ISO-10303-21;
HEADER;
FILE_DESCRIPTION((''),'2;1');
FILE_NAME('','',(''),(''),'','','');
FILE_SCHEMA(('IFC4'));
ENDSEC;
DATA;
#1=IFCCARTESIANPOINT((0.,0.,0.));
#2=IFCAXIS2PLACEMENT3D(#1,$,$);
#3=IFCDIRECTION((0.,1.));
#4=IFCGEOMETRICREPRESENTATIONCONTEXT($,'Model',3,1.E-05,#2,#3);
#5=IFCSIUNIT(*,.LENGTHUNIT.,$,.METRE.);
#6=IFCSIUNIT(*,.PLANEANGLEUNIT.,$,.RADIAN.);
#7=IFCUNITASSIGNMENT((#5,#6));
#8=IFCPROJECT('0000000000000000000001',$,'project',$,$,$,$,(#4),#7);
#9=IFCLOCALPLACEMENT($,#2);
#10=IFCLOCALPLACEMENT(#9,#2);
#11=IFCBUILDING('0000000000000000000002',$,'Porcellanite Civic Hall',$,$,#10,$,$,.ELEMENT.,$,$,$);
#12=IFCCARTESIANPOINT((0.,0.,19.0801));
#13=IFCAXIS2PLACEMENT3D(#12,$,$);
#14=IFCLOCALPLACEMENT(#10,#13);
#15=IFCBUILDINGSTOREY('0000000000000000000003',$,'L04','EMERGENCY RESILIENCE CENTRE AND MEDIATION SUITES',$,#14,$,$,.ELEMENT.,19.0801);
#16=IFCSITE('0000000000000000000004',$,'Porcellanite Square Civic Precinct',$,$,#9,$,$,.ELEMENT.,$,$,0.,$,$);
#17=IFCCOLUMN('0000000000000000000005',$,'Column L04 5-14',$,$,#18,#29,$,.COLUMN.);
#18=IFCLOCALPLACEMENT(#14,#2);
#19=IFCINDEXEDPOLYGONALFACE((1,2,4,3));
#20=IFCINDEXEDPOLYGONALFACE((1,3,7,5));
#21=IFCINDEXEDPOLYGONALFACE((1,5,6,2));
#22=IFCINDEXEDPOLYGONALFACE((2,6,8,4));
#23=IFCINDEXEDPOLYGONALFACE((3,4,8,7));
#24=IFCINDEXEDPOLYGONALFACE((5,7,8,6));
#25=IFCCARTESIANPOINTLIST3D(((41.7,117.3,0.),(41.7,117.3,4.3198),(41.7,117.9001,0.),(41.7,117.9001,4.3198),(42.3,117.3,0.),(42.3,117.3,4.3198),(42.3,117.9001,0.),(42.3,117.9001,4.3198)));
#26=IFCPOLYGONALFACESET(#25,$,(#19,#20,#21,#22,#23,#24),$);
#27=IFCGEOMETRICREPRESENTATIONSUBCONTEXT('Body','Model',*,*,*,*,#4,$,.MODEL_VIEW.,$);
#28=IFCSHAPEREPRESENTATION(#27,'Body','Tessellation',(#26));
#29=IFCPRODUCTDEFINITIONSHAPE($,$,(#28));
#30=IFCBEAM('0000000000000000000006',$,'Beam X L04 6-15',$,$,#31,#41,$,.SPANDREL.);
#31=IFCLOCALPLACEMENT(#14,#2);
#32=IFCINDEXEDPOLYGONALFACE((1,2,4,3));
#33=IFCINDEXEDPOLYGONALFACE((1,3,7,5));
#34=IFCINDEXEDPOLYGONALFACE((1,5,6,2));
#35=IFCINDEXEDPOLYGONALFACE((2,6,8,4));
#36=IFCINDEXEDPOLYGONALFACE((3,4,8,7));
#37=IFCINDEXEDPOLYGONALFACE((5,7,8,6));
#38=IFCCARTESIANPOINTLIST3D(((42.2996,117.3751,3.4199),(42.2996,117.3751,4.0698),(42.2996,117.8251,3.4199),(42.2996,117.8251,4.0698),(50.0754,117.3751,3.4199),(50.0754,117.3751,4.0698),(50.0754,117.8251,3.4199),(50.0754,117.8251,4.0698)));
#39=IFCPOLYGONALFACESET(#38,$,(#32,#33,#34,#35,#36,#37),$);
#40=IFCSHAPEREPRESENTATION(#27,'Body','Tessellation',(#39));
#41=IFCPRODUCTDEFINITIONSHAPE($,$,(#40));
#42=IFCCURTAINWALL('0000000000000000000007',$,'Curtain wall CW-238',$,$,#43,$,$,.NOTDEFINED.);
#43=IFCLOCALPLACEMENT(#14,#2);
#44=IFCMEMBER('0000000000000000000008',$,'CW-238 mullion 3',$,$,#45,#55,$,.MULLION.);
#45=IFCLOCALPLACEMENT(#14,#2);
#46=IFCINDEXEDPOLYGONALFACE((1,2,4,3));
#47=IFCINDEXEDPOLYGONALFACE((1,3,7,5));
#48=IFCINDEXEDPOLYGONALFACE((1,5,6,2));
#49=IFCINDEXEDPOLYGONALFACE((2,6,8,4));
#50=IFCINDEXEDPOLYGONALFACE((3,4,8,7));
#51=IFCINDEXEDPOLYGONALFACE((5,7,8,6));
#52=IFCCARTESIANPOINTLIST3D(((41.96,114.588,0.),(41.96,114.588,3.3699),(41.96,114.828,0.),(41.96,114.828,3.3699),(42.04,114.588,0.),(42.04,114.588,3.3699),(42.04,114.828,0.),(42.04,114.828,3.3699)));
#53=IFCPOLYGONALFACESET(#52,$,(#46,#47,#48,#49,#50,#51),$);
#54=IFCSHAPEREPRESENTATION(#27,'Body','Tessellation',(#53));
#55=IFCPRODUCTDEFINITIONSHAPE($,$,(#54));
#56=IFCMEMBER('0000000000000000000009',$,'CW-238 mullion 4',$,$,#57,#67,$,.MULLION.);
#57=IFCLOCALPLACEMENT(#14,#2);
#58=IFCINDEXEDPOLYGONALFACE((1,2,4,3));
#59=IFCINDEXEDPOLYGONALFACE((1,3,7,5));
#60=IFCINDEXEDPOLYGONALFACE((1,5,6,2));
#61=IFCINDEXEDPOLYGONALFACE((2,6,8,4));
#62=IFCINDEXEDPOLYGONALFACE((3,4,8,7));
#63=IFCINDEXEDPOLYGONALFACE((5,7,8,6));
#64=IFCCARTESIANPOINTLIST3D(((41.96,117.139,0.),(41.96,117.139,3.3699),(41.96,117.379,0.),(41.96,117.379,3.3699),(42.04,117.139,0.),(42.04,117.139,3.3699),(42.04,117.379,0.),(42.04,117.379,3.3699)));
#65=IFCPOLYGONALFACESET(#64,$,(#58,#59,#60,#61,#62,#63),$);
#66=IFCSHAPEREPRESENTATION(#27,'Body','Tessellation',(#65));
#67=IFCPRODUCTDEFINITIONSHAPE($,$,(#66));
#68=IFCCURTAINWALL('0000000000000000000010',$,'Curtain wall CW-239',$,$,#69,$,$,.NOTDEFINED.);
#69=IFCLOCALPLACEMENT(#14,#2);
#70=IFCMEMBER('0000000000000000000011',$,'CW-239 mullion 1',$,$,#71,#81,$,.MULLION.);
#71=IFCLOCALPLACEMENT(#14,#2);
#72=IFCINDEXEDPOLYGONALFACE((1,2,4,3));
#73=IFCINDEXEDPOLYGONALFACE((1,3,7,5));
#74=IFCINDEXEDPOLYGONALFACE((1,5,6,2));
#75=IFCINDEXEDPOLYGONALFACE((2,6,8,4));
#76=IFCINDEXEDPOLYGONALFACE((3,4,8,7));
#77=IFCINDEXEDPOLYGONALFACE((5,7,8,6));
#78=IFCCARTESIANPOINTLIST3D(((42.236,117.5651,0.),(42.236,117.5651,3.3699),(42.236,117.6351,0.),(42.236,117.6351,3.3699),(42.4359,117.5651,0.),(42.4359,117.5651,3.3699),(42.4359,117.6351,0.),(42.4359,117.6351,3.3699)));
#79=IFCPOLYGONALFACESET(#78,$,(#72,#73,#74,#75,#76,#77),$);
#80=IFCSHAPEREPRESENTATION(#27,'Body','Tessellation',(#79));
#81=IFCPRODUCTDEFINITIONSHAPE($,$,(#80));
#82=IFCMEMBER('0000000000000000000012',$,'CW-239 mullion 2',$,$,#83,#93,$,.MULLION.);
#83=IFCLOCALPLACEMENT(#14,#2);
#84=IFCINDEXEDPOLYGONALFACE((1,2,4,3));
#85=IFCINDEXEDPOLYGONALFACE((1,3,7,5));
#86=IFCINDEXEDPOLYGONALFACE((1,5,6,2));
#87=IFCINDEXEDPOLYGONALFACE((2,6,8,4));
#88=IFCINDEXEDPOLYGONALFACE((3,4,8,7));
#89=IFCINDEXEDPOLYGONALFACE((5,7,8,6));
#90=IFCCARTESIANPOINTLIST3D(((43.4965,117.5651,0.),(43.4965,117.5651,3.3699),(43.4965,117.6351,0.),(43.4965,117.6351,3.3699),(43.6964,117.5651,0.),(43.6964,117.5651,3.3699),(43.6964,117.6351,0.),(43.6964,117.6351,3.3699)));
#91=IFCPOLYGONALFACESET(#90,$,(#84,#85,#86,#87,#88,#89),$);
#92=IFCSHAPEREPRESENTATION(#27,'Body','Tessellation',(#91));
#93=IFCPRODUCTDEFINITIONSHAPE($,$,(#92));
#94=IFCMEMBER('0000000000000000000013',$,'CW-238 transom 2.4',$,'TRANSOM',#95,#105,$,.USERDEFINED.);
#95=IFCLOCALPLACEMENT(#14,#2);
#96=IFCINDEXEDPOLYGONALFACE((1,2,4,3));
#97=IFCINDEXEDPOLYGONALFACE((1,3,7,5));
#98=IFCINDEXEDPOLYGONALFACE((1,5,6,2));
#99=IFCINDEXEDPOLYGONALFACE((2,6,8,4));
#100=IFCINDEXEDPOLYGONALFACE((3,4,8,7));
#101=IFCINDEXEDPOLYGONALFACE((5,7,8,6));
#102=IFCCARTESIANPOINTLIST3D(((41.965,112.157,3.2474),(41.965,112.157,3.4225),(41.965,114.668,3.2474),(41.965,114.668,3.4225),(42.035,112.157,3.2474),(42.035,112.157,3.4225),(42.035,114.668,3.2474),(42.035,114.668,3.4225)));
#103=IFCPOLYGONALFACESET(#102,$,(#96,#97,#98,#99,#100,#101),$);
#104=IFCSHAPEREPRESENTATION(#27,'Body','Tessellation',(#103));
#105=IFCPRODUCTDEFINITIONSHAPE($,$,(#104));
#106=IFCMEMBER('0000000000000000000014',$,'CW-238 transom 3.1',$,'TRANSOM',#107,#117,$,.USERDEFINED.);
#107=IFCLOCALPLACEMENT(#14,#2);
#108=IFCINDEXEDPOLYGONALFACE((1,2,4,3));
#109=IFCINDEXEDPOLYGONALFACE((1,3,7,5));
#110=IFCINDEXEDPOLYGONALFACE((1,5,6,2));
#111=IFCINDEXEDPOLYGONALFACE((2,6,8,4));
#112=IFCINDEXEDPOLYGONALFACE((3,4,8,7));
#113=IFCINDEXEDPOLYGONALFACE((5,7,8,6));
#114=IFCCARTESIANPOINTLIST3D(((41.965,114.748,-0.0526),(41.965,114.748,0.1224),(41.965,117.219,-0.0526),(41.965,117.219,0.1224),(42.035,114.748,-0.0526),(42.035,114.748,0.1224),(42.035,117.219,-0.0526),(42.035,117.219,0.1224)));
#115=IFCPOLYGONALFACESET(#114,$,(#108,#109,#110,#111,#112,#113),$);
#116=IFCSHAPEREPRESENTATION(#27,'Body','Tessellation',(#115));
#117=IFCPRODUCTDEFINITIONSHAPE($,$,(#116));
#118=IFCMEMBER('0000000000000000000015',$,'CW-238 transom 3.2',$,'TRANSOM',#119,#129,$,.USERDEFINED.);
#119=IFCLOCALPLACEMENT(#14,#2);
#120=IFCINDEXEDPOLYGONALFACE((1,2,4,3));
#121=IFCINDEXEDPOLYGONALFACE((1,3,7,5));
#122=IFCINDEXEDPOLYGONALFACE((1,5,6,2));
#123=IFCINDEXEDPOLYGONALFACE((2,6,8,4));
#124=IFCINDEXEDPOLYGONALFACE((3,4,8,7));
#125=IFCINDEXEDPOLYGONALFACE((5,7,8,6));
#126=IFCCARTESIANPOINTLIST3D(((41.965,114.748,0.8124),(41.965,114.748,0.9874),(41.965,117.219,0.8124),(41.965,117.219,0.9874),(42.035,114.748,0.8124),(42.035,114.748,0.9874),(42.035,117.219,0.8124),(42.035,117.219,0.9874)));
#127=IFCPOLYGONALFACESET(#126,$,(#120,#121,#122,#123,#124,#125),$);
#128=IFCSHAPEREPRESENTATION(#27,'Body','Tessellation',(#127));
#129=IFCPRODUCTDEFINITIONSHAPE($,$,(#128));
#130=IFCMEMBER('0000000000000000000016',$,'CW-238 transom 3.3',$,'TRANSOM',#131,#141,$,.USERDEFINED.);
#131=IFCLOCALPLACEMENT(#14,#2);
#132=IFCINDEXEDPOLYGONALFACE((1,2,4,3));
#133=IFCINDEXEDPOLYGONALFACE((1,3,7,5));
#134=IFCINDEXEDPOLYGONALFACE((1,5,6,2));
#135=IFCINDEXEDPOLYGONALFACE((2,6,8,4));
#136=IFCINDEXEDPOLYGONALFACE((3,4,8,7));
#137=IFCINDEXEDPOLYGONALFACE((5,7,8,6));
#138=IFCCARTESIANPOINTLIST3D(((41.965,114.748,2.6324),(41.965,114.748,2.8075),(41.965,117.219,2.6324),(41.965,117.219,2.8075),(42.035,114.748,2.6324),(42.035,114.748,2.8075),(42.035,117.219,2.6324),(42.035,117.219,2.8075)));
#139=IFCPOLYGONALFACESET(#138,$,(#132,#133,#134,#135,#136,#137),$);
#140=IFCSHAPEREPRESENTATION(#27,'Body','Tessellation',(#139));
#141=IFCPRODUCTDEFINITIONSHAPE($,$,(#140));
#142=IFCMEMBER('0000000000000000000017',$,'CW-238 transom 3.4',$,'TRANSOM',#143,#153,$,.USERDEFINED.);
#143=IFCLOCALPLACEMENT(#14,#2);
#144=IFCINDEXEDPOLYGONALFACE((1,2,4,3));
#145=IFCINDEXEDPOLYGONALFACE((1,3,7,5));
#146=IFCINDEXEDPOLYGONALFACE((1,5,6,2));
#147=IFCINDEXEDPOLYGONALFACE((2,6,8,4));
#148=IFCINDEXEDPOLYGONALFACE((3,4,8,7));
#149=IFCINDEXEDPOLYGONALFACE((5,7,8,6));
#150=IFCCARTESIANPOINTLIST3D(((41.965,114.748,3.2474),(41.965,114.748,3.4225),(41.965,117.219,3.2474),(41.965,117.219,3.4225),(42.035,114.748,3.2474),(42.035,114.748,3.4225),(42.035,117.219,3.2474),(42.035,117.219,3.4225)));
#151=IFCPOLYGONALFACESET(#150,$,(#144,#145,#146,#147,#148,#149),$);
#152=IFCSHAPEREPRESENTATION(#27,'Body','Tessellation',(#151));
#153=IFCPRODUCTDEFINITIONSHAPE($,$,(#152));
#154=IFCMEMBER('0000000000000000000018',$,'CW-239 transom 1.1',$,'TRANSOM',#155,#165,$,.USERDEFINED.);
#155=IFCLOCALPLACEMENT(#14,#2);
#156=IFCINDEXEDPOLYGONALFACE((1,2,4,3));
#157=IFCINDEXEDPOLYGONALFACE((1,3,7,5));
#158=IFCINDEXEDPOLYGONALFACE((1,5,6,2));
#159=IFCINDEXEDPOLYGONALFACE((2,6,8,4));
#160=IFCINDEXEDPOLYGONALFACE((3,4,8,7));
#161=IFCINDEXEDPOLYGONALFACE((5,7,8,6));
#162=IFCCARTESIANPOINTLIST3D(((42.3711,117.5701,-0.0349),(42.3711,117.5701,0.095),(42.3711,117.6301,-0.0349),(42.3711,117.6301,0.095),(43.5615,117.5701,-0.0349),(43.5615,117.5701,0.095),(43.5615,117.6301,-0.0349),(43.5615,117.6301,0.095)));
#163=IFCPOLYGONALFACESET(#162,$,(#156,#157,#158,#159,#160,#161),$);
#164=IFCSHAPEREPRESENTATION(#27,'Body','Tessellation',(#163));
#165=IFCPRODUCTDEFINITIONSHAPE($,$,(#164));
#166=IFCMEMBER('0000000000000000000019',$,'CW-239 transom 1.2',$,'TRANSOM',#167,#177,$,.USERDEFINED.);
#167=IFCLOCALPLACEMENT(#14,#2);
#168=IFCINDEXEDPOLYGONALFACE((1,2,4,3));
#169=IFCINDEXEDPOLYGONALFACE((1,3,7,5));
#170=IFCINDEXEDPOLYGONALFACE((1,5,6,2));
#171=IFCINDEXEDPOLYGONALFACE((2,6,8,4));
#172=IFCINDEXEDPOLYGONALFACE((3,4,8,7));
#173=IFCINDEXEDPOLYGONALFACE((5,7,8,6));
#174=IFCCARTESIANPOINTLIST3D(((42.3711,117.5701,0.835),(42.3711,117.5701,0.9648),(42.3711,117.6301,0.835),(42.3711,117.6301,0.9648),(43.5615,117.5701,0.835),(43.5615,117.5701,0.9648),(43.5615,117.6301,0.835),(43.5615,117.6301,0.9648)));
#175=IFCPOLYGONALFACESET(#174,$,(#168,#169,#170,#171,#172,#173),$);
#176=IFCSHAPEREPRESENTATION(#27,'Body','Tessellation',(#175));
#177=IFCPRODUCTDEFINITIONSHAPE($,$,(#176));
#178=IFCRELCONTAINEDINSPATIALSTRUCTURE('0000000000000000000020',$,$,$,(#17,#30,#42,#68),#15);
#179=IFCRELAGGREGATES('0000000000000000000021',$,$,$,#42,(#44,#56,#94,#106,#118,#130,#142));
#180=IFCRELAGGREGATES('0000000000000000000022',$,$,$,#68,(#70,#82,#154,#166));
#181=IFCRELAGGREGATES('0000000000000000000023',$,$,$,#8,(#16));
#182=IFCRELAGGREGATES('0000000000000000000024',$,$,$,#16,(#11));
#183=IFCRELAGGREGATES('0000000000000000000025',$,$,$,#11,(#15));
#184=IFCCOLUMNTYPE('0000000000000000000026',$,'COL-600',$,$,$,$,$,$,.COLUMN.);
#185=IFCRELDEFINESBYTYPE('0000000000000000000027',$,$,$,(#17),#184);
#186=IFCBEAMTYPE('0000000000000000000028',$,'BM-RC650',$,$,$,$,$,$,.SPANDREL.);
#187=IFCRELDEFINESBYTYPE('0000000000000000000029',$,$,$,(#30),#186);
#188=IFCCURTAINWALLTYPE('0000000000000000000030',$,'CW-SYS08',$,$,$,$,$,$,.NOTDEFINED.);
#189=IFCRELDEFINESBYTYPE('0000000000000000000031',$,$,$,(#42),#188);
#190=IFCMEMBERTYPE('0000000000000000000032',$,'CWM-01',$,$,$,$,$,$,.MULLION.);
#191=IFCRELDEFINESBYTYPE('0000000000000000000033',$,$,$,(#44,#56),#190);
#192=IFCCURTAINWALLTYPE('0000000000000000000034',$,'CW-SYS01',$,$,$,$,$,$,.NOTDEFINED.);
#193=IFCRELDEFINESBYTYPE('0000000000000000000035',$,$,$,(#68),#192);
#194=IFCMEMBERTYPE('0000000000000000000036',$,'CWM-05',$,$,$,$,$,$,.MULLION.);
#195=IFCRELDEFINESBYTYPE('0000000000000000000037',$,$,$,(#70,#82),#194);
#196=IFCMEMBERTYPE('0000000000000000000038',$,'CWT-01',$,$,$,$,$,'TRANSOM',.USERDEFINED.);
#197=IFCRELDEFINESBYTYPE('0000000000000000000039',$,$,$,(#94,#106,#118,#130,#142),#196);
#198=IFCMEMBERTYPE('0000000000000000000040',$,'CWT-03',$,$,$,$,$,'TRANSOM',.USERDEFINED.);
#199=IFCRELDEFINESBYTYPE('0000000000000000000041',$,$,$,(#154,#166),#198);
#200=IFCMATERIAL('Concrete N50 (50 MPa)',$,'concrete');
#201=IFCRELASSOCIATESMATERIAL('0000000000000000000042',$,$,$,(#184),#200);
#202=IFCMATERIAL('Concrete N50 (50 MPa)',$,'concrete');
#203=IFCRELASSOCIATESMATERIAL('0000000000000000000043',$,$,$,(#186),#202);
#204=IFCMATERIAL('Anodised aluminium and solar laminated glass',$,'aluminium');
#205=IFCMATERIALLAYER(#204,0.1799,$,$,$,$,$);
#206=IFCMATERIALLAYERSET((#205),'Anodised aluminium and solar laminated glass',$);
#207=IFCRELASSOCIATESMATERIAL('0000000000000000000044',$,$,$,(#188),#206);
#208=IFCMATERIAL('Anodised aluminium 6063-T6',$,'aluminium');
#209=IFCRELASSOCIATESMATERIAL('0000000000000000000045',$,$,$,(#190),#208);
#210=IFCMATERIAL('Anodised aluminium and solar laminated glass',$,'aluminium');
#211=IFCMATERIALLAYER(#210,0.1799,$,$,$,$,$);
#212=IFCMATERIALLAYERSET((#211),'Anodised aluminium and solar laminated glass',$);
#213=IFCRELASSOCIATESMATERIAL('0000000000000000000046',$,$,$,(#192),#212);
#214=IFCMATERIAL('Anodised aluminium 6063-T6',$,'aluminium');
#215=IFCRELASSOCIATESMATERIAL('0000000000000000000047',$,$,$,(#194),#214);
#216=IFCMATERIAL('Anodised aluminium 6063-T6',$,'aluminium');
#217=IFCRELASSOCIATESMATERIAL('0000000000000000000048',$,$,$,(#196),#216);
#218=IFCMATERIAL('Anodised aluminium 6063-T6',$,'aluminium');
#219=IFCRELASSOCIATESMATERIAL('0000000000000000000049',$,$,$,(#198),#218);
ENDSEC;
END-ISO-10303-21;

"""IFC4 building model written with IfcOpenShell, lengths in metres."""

from ifc_helpers import new_model, si_unit, direction, frame, origin, origin_2d, place, context, subcontext, project, spatial, rectangle, extrude, material, layer, layer_set, material_profile, profile_set, type_object, element, aggregate, save


model = new_model("IFC4")

# Units and contexts
model_context = context("Model", 3, precision=1e-05, world=origin(), true_north=direction((0.0, 1.0)))
body_context = subcontext(model_context, "Body", "Model", "MODEL_VIEW")
ifc_project = project(units=[si_unit("LENGTHUNIT", "METRE"), si_unit("PLANEANGLEUNIT", "RADIAN")], contexts=[model_context])

# Site, building, storey
site_placement = place(None, origin())
site = spatial("IfcSite", under=ifc_project, at=site_placement, Name="Porcellanite Square Civic Precinct", CompositionType="ELEMENT", RefElevation=0.0)
building_placement = place(site_placement, origin())
building = spatial("IfcBuilding", under=site, at=building_placement, Name="Porcellanite Civic Hall", CompositionType="ELEMENT")
storey_placement = place(building_placement, frame((0.0, 0.0, 19.0801)))
storey = spatial("IfcBuildingStorey", under=building, at=storey_placement, Name="L04", Description="EMERGENCY RESILIENCE CENTRE AND MEDIATION SUITES", CompositionType="ELEMENT", Elevation=19.0801)

# Column
ifc_material_1 = material(Name="Concrete N50 (50 MPa)", Category="concrete")
ifc_material_profile_1 = material_profile(ifc_material_1, rectangle(XDim=0.6001, YDim=0.6001, at=origin_2d()), Name="RC-600x600")
ifc_profile_set_1 = profile_set([ifc_material_profile_1], Name="Concrete N50 (50 MPa)")
column_type = type_object("IfcColumnType", Name="COL-600", PredefinedType="COLUMN", material=ifc_profile_set_1)
column_placement = place(storey_placement, frame((42.0, 117.6001, 0.0), z_axis=(0.0, 0.0, 1.0), x_axis=(1.0, 0.0, 0.0)))
element("IfcColumn", 1, at=column_placement, inside=storey, type_object=column_type, Name="Column L04 5-14", PredefinedType="COLUMN", context=body_context, shape_type="SweptSolid", body=[
    extrude(rectangle(XDim=0.6001, YDim=0.6001, at=origin_2d()), origin(), (0.0, 0.0, 1.0), 4.3198),
])

# Beam
ifc_material_2 = material(Name="Concrete N50 (50 MPa)", Category="concrete")
ifc_material_profile_2 = material_profile(ifc_material_2, rectangle(XDim=0.45, YDim=0.6499, at=origin_2d()), Name="RC-450x650")
ifc_profile_set_2 = profile_set([ifc_material_profile_2], Name="Concrete N50 (50 MPa)")
beam_type_1 = type_object("IfcBeamType", Name="BM-RC650", PredefinedType="SPANDREL", material=ifc_profile_set_2)
beam_1_placement = place(storey_placement, frame((42.2996, 117.6001, 3.7449), z_axis=(1.0, 0.0, 0.0), x_axis=(0.0, 1.0, 0.0)))
element("IfcBeam", 2, at=beam_1_placement, inside=storey, type_object=beam_type_1, Name="Beam X L04 6-15", PredefinedType="SPANDREL", context=body_context, shape_type="SweptSolid", body=[
    extrude(rectangle(XDim=0.45, YDim=0.6499, at=origin_2d()), origin(), (0.0, 0.0, 1.0), 7.7759),
])

# Curtain walls, members
ifc_material_3 = material(Name="Anodised aluminium and solar laminated glass", Category="aluminium")
ifc_layer_1 = layer(ifc_material_3, 0.1799)
ifc_layer_set_1 = layer_set([ifc_layer_1], Name="Anodised aluminium and solar laminated glass")
curtain_wall_type_1 = type_object("IfcCurtainWallType", Name="CW-SYS08", PredefinedType="NOTDEFINED", material=ifc_layer_set_1)
curtain_wall_1_placement = place(storey_placement, origin())
curtain_wall_1 = element("IfcCurtainWall", 3, at=curtain_wall_1_placement, inside=storey, type_object=curtain_wall_type_1, Name="Curtain wall CW-238", PredefinedType="NOTDEFINED")
ifc_material_4 = material(Name="Anodised aluminium 6063-T6", Category="aluminium")
ifc_material_profile_3 = material_profile(ifc_material_4, rectangle(XDim=0.0801, YDim=0.24, at=origin_2d()), Name="AL-80x240")
ifc_profile_set_3 = profile_set([ifc_material_profile_3], Name="Anodised aluminium 6063-T6")
member_type_1 = type_object("IfcMemberType", Name="CWM-01", PredefinedType="MULLION", material=ifc_profile_set_3)
member_1_placement = place(storey_placement, frame((42.0, 114.708, 0.0), z_axis=(0.0, 0.0, 1.0), x_axis=(-1.0, 0.0, 0.0)))
member_1 = element("IfcMember", 4, at=member_1_placement, type_object=member_type_1, Name="CW-238 mullion 3", PredefinedType="MULLION", context=body_context, shape_type="SweptSolid", body=[
    extrude(rectangle(XDim=0.0801, YDim=0.24, at=origin_2d()), origin(), (0.0, 0.0, 1.0), 3.3699),
])
member_2_placement = place(storey_placement, frame((42.0, 117.259, 0.0), z_axis=(0.0, 0.0, 1.0), x_axis=(-1.0, 0.0, 0.0)))
member_2 = element("IfcMember", 5, at=member_2_placement, type_object=member_type_1, Name="CW-238 mullion 4", PredefinedType="MULLION", context=body_context, shape_type="SweptSolid", body=[
    extrude(rectangle(XDim=0.0801, YDim=0.24, at=origin_2d()), origin(), (0.0, 0.0, 1.0), 3.3699),
])
ifc_material_5 = material(Name="Anodised aluminium and solar laminated glass", Category="aluminium")
ifc_layer_2 = layer(ifc_material_5, 0.1799)
ifc_layer_set_2 = layer_set([ifc_layer_2], Name="Anodised aluminium and solar laminated glass")
curtain_wall_type_2 = type_object("IfcCurtainWallType", Name="CW-SYS01", PredefinedType="NOTDEFINED", material=ifc_layer_set_2)
curtain_wall_2_placement = place(storey_placement, origin())
curtain_wall_2 = element("IfcCurtainWall", 6, at=curtain_wall_2_placement, inside=storey, type_object=curtain_wall_type_2, Name="Curtain wall CW-239", PredefinedType="NOTDEFINED")
ifc_material_6 = material(Name="Anodised aluminium 6063-T6", Category="aluminium")
ifc_material_profile_4 = material_profile(ifc_material_6, rectangle(XDim=0.0701, YDim=0.2, at=origin_2d()), Name="AL-70x200")
ifc_profile_set_4 = profile_set([ifc_material_profile_4], Name="Anodised aluminium 6063-T6")
member_type_2 = type_object("IfcMemberType", Name="CWM-05", PredefinedType="MULLION", material=ifc_profile_set_4)
member_3_placement = place(storey_placement, frame((42.3359, 117.6001, 0.0), z_axis=(0.0, 0.0, 1.0), x_axis=(0.0, 1.0, 0.0)))
member_3 = element("IfcMember", 7, at=member_3_placement, type_object=member_type_2, Name="CW-239 mullion 1", PredefinedType="MULLION", context=body_context, shape_type="SweptSolid", body=[
    extrude(rectangle(XDim=0.0701, YDim=0.2, at=origin_2d()), origin(), (0.0, 0.0, 1.0), 3.3699),
])
member_4_placement = place(storey_placement, frame((43.5964, 117.6001, 0.0), z_axis=(0.0, 0.0, 1.0), x_axis=(0.0, 1.0, 0.0)))
member_4 = element("IfcMember", 8, at=member_4_placement, type_object=member_type_2, Name="CW-239 mullion 2", PredefinedType="MULLION", context=body_context, shape_type="SweptSolid", body=[
    extrude(rectangle(XDim=0.0701, YDim=0.2, at=origin_2d()), origin(), (0.0, 0.0, 1.0), 3.3699),
])

# Members
ifc_material_7 = material(Name="Anodised aluminium 6063-T6", Category="aluminium")
ifc_material_profile_5 = material_profile(ifc_material_7, rectangle(XDim=0.0701, YDim=0.175, at=origin_2d()), Name="AL-70x175")
ifc_profile_set_5 = profile_set([ifc_material_profile_5], Name="Anodised aluminium 6063-T6")
member_type_3 = type_object("IfcMemberType", Name="CWT-01", ElementType="TRANSOM", PredefinedType="USERDEFINED", material=ifc_profile_set_5)
member_5_placement = place(storey_placement, frame((42.0, 112.157, 3.335), z_axis=(0.0, 1.0, 0.0), x_axis=(-1.0, 0.0, 0.0)))
member_5 = element("IfcMember", 9, at=member_5_placement, type_object=member_type_3, Name="CW-238 transom 2.4", ObjectType="TRANSOM", PredefinedType="USERDEFINED", context=body_context, shape_type="SweptSolid", body=[
    extrude(rectangle(XDim=0.0701, YDim=0.175, at=origin_2d()), origin(), (0.0, 0.0, 1.0), 2.511),
])
member_6_placement = place(storey_placement, frame((42.0, 114.748, 0.0349), z_axis=(0.0, 1.0, 0.0), x_axis=(-1.0, 0.0, 0.0)))
member_6 = element("IfcMember", 10, at=member_6_placement, type_object=member_type_3, Name="CW-238 transom 3.1", ObjectType="TRANSOM", PredefinedType="USERDEFINED", context=body_context, shape_type="SweptSolid", body=[
    extrude(rectangle(XDim=0.0701, YDim=0.175, at=origin_2d()), origin(), (0.0, 0.0, 1.0), 2.4709),
])
member_7_placement = place(storey_placement, frame((42.0, 114.748, 0.8999), z_axis=(0.0, 1.0, 0.0), x_axis=(-1.0, 0.0, 0.0)))
member_7 = element("IfcMember", 11, at=member_7_placement, type_object=member_type_3, Name="CW-238 transom 3.2", ObjectType="TRANSOM", PredefinedType="USERDEFINED", context=body_context, shape_type="SweptSolid", body=[
    extrude(rectangle(XDim=0.0701, YDim=0.175, at=origin_2d()), origin(), (0.0, 0.0, 1.0), 2.4709),
])
member_8_placement = place(storey_placement, frame((42.0, 114.748, 2.72), z_axis=(0.0, 1.0, 0.0), x_axis=(-1.0, 0.0, 0.0)))
member_8 = element("IfcMember", 12, at=member_8_placement, type_object=member_type_3, Name="CW-238 transom 3.3", ObjectType="TRANSOM", PredefinedType="USERDEFINED", context=body_context, shape_type="SweptSolid", body=[
    extrude(rectangle(XDim=0.0701, YDim=0.175, at=origin_2d()), origin(), (0.0, 0.0, 1.0), 2.4709),
])
member_9_placement = place(storey_placement, frame((42.0, 114.748, 3.335), z_axis=(0.0, 1.0, 0.0), x_axis=(-1.0, 0.0, 0.0)))
member_9 = element("IfcMember", 13, at=member_9_placement, type_object=member_type_3, Name="CW-238 transom 3.4", ObjectType="TRANSOM", PredefinedType="USERDEFINED", context=body_context, shape_type="SweptSolid", body=[
    extrude(rectangle(XDim=0.0701, YDim=0.175, at=origin_2d()), origin(), (0.0, 0.0, 1.0), 2.4709),
])
ifc_material_8 = material(Name="Anodised aluminium 6063-T6", Category="aluminium")
ifc_material_profile_6 = material_profile(ifc_material_8, rectangle(XDim=0.0601, YDim=0.1299, at=origin_2d()), Name="AL-60x130")
ifc_profile_set_6 = profile_set([ifc_material_profile_6], Name="Anodised aluminium 6063-T6")
member_type_4 = type_object("IfcMemberType", Name="CWT-03", ElementType="TRANSOM", PredefinedType="USERDEFINED", material=ifc_profile_set_6)
member_10_placement = place(storey_placement, frame((42.3711, 117.6001, 0.03), z_axis=(1.0, 0.0, 0.0), x_axis=(0.0, 1.0, 0.0)))
member_10 = element("IfcMember", 14, at=member_10_placement, type_object=member_type_4, Name="CW-239 transom 1.1", ObjectType="TRANSOM", PredefinedType="USERDEFINED", context=body_context, shape_type="SweptSolid", body=[
    extrude(rectangle(XDim=0.0601, YDim=0.1299, at=origin_2d()), origin(), (0.0, 0.0, 1.0), 1.1904),
])
member_11_placement = place(storey_placement, frame((42.3711, 117.6001, 0.8999), z_axis=(1.0, 0.0, 0.0), x_axis=(0.0, 1.0, 0.0)))
member_11 = element("IfcMember", 15, at=member_11_placement, type_object=member_type_4, Name="CW-239 transom 1.2", ObjectType="TRANSOM", PredefinedType="USERDEFINED", context=body_context, shape_type="SweptSolid", body=[
    extrude(rectangle(XDim=0.0601, YDim=0.1299, at=origin_2d()), origin(), (0.0, 0.0, 1.0), 1.1904),
])

aggregate(curtain_wall_1, [member_1, member_2, member_5, member_6, member_7, member_8, member_9])
aggregate(curtain_wall_2, [member_3, member_4, member_10, member_11])

save(model, "model.ifc")
